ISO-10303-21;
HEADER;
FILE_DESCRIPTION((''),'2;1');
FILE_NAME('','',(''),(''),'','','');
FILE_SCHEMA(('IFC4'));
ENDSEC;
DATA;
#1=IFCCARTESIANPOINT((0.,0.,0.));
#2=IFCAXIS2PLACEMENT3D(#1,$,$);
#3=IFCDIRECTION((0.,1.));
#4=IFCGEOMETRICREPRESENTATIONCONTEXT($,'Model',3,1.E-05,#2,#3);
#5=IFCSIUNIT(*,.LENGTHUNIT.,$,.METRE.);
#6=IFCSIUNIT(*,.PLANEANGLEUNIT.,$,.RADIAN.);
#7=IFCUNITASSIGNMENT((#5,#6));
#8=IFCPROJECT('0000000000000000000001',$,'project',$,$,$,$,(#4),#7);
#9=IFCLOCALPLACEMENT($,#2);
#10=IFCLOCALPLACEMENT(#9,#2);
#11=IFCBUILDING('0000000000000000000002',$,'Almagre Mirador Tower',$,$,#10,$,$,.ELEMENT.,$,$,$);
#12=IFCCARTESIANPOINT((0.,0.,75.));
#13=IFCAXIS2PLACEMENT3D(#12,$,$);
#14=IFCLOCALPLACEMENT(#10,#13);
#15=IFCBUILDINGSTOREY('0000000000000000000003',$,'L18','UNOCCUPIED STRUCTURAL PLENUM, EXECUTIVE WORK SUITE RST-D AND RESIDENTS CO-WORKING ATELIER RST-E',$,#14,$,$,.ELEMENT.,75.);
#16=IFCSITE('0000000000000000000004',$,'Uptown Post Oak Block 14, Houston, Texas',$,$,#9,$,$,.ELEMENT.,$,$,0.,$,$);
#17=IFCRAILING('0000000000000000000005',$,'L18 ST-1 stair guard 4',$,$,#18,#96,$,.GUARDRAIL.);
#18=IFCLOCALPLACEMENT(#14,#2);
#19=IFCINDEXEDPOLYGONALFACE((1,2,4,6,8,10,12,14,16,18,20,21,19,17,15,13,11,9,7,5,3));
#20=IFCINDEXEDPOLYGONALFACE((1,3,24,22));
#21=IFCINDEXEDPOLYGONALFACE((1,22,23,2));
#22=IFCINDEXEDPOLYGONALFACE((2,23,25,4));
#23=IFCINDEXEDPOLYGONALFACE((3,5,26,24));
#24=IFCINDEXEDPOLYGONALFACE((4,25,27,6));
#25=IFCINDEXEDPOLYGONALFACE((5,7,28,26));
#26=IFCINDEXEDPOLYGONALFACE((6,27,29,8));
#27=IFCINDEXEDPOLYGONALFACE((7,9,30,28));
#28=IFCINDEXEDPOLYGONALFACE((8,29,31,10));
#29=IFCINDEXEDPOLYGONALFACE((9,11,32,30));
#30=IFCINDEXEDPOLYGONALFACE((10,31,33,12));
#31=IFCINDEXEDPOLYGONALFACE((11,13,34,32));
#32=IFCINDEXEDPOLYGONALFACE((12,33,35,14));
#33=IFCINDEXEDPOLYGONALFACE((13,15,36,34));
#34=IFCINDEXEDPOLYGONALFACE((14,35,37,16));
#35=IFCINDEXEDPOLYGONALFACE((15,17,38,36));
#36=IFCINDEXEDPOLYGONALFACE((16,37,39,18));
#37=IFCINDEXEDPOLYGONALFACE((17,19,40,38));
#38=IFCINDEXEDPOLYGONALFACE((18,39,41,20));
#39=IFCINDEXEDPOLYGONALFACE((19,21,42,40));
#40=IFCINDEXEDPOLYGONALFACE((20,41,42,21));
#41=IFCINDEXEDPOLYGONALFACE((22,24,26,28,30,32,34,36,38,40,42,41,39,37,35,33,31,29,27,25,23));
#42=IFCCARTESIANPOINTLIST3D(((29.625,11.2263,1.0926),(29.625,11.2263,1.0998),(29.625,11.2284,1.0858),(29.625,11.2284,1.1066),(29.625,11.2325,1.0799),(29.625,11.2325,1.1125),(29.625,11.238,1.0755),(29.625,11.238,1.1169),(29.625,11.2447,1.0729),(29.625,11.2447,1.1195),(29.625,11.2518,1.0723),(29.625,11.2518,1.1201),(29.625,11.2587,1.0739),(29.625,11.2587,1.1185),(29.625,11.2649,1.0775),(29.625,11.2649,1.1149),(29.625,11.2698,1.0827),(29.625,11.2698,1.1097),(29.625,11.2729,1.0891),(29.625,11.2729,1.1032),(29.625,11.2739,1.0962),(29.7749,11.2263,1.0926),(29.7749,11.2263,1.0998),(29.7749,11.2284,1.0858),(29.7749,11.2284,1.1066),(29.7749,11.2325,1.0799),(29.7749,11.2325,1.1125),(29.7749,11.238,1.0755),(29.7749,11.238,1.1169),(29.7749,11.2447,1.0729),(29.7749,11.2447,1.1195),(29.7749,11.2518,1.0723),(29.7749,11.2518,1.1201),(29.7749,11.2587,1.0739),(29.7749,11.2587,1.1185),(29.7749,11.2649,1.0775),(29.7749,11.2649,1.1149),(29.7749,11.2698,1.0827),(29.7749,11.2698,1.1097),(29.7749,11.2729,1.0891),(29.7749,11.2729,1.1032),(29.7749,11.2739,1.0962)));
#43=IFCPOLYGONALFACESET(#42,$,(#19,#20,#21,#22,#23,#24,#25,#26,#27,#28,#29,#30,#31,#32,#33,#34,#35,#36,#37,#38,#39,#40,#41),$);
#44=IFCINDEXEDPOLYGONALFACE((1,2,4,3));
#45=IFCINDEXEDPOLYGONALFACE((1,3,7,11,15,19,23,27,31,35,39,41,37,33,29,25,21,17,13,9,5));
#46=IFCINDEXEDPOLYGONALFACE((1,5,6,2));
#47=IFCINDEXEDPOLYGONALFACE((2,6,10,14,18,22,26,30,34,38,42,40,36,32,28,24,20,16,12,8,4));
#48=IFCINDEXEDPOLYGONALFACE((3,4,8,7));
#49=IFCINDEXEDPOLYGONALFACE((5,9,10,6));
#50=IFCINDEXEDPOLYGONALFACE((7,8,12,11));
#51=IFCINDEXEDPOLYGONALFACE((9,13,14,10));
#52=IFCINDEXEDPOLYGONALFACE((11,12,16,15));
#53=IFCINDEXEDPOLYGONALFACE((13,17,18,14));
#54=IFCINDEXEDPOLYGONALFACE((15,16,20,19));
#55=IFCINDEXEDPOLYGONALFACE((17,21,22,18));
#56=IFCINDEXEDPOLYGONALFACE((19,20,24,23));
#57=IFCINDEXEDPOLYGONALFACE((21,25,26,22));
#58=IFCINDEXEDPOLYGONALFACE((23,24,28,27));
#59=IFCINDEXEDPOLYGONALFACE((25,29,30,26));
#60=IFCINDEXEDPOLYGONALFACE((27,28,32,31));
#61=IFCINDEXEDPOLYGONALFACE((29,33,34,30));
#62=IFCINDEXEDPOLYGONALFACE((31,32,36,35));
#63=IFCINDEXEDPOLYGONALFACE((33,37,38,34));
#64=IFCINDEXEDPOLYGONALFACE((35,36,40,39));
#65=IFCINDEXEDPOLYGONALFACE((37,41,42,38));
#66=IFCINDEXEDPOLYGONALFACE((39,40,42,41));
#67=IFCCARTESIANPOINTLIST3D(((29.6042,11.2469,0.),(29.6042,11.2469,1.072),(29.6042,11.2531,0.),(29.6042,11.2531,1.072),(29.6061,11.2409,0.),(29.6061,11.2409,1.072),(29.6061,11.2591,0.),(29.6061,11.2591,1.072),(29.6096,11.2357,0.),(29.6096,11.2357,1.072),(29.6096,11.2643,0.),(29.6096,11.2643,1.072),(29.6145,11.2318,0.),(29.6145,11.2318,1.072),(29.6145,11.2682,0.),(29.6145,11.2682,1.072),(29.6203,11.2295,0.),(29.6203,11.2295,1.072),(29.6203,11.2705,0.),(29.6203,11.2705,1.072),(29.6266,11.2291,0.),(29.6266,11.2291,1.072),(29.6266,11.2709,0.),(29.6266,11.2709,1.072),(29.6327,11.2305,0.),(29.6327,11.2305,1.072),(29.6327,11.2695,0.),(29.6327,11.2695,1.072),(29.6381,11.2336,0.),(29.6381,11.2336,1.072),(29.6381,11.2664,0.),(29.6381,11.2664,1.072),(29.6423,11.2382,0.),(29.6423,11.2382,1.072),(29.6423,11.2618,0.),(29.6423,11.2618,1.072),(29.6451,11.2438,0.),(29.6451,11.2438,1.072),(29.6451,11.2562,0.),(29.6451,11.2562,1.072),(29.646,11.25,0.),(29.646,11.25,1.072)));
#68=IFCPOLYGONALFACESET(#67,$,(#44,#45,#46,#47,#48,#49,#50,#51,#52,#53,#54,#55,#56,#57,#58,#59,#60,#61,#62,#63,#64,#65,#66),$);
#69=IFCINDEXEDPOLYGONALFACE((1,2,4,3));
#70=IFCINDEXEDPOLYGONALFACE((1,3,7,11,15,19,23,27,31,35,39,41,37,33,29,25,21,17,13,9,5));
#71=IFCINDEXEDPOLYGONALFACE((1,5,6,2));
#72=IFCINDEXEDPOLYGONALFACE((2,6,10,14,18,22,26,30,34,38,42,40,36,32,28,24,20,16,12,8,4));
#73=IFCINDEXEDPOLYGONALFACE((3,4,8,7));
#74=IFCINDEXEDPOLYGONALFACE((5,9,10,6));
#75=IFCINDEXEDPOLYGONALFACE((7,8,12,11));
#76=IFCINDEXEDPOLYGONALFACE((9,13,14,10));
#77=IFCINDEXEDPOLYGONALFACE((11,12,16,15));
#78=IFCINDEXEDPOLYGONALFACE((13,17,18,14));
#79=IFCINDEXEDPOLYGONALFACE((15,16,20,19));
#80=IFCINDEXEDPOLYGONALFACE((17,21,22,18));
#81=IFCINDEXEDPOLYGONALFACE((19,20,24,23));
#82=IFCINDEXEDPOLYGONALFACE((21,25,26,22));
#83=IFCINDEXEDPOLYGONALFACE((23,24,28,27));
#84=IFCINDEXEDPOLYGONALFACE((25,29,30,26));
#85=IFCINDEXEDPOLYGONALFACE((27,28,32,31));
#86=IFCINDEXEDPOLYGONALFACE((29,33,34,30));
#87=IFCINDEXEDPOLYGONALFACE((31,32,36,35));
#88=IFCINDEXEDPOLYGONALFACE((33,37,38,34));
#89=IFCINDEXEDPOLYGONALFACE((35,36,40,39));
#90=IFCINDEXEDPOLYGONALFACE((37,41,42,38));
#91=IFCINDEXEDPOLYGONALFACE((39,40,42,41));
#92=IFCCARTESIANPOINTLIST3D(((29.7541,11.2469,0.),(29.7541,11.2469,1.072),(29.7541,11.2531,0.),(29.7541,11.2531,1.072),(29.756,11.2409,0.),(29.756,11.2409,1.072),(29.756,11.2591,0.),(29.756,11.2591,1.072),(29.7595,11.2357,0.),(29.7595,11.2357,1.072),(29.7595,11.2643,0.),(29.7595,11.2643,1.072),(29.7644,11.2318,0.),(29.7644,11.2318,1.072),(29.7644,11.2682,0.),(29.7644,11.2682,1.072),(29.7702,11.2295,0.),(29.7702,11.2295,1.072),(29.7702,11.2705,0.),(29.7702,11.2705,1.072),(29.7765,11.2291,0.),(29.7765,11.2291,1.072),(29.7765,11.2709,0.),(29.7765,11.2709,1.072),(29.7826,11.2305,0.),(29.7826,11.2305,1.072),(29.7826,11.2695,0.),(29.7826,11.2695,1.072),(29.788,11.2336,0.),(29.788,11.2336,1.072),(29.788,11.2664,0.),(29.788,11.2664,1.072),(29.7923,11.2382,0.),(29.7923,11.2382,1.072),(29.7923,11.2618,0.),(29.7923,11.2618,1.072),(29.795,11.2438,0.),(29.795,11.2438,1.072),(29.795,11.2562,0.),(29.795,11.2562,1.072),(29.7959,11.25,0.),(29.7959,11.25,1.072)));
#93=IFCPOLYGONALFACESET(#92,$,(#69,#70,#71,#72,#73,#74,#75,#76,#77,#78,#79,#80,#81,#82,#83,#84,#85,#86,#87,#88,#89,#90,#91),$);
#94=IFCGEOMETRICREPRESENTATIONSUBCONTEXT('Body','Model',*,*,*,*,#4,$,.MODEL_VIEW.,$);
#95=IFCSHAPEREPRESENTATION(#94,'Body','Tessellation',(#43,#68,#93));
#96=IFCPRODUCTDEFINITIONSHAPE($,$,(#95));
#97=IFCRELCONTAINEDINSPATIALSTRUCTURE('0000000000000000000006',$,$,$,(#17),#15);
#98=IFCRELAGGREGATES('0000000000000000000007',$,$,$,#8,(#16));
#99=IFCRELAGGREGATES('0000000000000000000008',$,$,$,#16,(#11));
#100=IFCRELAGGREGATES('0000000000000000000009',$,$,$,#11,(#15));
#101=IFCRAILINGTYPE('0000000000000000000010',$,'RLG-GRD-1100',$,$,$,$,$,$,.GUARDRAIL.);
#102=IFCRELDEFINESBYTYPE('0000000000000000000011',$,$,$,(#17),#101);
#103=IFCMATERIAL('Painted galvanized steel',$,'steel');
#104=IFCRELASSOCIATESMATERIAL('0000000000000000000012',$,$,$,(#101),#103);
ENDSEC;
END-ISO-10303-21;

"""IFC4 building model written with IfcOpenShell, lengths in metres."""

from ifc_helpers import new_model, si_unit, direction, frame, origin, origin_2d, place, context, subcontext, project, spatial, circle, extrude, material, type_object, element, save


model = new_model("IFC4")

# Units and contexts
model_context = context("Model", 3, precision=1e-05, world=origin(), true_north=direction((0.0, 1.0)))
body_context = subcontext(model_context, "Body", "Model", "MODEL_VIEW")
ifc_project = project(units=[si_unit("LENGTHUNIT", "METRE"), si_unit("PLANEANGLEUNIT", "RADIAN")], contexts=[model_context])

# Site, building, storey
site_placement = place(None, origin())
site = spatial("IfcSite", under=ifc_project, at=site_placement, Name="Uptown Post Oak Block 14, Houston, Texas", CompositionType="ELEMENT", RefElevation=0.0)
building_placement = place(site_placement, origin())
building = spatial("IfcBuilding", under=site, at=building_placement, Name="Almagre Mirador Tower", CompositionType="ELEMENT")
storey_placement = place(building_placement, frame((0.0, 0.0, 75.0)))
storey = spatial("IfcBuildingStorey", under=building, at=storey_placement, Name="L18", Description="UNOCCUPIED STRUCTURAL PLENUM, EXECUTIVE WORK SUITE RST-D AND RESIDENTS CO-WORKING ATELIER RST-E", CompositionType="ELEMENT", Elevation=75.0)

# Railing
ifc_material_1 = material(Name="Painted galvanized steel", Category="steel")
railing_type_1 = type_object("IfcRailingType", Name="RLG-GRD-1100", PredefinedType="GUARDRAIL", material=ifc_material_1)
railing_1_placement = place(storey_placement, frame((29.625, 11.25, 0.0)))
element("IfcRailing", 1, at=railing_1_placement, inside=storey, type_object=railing_type_1, Name="L18 ST-1 stair guard 4", PredefinedType="GUARDRAIL", context=body_context, shape_type="SweptSolid", body=[
    extrude(circle(Radius=0.0239, at=origin_2d()), frame((0.0, 0.0, 1.0962), z_axis=(1.0, 0.0, 0.0), x_axis=(0.0, 1.0, 0.0)), (0.0, 0.0, 1.0), 0.1499),
    extrude(circle(Radius=0.021, at=origin_2d()), origin(), (0.0, 0.0, 1.0), 1.072),
    extrude(circle(Radius=0.021, at=origin_2d()), frame((0.1499, 0.0, 0.0)), (0.0, 0.0, 1.0), 1.072),
])

save(model, "model.ifc")
